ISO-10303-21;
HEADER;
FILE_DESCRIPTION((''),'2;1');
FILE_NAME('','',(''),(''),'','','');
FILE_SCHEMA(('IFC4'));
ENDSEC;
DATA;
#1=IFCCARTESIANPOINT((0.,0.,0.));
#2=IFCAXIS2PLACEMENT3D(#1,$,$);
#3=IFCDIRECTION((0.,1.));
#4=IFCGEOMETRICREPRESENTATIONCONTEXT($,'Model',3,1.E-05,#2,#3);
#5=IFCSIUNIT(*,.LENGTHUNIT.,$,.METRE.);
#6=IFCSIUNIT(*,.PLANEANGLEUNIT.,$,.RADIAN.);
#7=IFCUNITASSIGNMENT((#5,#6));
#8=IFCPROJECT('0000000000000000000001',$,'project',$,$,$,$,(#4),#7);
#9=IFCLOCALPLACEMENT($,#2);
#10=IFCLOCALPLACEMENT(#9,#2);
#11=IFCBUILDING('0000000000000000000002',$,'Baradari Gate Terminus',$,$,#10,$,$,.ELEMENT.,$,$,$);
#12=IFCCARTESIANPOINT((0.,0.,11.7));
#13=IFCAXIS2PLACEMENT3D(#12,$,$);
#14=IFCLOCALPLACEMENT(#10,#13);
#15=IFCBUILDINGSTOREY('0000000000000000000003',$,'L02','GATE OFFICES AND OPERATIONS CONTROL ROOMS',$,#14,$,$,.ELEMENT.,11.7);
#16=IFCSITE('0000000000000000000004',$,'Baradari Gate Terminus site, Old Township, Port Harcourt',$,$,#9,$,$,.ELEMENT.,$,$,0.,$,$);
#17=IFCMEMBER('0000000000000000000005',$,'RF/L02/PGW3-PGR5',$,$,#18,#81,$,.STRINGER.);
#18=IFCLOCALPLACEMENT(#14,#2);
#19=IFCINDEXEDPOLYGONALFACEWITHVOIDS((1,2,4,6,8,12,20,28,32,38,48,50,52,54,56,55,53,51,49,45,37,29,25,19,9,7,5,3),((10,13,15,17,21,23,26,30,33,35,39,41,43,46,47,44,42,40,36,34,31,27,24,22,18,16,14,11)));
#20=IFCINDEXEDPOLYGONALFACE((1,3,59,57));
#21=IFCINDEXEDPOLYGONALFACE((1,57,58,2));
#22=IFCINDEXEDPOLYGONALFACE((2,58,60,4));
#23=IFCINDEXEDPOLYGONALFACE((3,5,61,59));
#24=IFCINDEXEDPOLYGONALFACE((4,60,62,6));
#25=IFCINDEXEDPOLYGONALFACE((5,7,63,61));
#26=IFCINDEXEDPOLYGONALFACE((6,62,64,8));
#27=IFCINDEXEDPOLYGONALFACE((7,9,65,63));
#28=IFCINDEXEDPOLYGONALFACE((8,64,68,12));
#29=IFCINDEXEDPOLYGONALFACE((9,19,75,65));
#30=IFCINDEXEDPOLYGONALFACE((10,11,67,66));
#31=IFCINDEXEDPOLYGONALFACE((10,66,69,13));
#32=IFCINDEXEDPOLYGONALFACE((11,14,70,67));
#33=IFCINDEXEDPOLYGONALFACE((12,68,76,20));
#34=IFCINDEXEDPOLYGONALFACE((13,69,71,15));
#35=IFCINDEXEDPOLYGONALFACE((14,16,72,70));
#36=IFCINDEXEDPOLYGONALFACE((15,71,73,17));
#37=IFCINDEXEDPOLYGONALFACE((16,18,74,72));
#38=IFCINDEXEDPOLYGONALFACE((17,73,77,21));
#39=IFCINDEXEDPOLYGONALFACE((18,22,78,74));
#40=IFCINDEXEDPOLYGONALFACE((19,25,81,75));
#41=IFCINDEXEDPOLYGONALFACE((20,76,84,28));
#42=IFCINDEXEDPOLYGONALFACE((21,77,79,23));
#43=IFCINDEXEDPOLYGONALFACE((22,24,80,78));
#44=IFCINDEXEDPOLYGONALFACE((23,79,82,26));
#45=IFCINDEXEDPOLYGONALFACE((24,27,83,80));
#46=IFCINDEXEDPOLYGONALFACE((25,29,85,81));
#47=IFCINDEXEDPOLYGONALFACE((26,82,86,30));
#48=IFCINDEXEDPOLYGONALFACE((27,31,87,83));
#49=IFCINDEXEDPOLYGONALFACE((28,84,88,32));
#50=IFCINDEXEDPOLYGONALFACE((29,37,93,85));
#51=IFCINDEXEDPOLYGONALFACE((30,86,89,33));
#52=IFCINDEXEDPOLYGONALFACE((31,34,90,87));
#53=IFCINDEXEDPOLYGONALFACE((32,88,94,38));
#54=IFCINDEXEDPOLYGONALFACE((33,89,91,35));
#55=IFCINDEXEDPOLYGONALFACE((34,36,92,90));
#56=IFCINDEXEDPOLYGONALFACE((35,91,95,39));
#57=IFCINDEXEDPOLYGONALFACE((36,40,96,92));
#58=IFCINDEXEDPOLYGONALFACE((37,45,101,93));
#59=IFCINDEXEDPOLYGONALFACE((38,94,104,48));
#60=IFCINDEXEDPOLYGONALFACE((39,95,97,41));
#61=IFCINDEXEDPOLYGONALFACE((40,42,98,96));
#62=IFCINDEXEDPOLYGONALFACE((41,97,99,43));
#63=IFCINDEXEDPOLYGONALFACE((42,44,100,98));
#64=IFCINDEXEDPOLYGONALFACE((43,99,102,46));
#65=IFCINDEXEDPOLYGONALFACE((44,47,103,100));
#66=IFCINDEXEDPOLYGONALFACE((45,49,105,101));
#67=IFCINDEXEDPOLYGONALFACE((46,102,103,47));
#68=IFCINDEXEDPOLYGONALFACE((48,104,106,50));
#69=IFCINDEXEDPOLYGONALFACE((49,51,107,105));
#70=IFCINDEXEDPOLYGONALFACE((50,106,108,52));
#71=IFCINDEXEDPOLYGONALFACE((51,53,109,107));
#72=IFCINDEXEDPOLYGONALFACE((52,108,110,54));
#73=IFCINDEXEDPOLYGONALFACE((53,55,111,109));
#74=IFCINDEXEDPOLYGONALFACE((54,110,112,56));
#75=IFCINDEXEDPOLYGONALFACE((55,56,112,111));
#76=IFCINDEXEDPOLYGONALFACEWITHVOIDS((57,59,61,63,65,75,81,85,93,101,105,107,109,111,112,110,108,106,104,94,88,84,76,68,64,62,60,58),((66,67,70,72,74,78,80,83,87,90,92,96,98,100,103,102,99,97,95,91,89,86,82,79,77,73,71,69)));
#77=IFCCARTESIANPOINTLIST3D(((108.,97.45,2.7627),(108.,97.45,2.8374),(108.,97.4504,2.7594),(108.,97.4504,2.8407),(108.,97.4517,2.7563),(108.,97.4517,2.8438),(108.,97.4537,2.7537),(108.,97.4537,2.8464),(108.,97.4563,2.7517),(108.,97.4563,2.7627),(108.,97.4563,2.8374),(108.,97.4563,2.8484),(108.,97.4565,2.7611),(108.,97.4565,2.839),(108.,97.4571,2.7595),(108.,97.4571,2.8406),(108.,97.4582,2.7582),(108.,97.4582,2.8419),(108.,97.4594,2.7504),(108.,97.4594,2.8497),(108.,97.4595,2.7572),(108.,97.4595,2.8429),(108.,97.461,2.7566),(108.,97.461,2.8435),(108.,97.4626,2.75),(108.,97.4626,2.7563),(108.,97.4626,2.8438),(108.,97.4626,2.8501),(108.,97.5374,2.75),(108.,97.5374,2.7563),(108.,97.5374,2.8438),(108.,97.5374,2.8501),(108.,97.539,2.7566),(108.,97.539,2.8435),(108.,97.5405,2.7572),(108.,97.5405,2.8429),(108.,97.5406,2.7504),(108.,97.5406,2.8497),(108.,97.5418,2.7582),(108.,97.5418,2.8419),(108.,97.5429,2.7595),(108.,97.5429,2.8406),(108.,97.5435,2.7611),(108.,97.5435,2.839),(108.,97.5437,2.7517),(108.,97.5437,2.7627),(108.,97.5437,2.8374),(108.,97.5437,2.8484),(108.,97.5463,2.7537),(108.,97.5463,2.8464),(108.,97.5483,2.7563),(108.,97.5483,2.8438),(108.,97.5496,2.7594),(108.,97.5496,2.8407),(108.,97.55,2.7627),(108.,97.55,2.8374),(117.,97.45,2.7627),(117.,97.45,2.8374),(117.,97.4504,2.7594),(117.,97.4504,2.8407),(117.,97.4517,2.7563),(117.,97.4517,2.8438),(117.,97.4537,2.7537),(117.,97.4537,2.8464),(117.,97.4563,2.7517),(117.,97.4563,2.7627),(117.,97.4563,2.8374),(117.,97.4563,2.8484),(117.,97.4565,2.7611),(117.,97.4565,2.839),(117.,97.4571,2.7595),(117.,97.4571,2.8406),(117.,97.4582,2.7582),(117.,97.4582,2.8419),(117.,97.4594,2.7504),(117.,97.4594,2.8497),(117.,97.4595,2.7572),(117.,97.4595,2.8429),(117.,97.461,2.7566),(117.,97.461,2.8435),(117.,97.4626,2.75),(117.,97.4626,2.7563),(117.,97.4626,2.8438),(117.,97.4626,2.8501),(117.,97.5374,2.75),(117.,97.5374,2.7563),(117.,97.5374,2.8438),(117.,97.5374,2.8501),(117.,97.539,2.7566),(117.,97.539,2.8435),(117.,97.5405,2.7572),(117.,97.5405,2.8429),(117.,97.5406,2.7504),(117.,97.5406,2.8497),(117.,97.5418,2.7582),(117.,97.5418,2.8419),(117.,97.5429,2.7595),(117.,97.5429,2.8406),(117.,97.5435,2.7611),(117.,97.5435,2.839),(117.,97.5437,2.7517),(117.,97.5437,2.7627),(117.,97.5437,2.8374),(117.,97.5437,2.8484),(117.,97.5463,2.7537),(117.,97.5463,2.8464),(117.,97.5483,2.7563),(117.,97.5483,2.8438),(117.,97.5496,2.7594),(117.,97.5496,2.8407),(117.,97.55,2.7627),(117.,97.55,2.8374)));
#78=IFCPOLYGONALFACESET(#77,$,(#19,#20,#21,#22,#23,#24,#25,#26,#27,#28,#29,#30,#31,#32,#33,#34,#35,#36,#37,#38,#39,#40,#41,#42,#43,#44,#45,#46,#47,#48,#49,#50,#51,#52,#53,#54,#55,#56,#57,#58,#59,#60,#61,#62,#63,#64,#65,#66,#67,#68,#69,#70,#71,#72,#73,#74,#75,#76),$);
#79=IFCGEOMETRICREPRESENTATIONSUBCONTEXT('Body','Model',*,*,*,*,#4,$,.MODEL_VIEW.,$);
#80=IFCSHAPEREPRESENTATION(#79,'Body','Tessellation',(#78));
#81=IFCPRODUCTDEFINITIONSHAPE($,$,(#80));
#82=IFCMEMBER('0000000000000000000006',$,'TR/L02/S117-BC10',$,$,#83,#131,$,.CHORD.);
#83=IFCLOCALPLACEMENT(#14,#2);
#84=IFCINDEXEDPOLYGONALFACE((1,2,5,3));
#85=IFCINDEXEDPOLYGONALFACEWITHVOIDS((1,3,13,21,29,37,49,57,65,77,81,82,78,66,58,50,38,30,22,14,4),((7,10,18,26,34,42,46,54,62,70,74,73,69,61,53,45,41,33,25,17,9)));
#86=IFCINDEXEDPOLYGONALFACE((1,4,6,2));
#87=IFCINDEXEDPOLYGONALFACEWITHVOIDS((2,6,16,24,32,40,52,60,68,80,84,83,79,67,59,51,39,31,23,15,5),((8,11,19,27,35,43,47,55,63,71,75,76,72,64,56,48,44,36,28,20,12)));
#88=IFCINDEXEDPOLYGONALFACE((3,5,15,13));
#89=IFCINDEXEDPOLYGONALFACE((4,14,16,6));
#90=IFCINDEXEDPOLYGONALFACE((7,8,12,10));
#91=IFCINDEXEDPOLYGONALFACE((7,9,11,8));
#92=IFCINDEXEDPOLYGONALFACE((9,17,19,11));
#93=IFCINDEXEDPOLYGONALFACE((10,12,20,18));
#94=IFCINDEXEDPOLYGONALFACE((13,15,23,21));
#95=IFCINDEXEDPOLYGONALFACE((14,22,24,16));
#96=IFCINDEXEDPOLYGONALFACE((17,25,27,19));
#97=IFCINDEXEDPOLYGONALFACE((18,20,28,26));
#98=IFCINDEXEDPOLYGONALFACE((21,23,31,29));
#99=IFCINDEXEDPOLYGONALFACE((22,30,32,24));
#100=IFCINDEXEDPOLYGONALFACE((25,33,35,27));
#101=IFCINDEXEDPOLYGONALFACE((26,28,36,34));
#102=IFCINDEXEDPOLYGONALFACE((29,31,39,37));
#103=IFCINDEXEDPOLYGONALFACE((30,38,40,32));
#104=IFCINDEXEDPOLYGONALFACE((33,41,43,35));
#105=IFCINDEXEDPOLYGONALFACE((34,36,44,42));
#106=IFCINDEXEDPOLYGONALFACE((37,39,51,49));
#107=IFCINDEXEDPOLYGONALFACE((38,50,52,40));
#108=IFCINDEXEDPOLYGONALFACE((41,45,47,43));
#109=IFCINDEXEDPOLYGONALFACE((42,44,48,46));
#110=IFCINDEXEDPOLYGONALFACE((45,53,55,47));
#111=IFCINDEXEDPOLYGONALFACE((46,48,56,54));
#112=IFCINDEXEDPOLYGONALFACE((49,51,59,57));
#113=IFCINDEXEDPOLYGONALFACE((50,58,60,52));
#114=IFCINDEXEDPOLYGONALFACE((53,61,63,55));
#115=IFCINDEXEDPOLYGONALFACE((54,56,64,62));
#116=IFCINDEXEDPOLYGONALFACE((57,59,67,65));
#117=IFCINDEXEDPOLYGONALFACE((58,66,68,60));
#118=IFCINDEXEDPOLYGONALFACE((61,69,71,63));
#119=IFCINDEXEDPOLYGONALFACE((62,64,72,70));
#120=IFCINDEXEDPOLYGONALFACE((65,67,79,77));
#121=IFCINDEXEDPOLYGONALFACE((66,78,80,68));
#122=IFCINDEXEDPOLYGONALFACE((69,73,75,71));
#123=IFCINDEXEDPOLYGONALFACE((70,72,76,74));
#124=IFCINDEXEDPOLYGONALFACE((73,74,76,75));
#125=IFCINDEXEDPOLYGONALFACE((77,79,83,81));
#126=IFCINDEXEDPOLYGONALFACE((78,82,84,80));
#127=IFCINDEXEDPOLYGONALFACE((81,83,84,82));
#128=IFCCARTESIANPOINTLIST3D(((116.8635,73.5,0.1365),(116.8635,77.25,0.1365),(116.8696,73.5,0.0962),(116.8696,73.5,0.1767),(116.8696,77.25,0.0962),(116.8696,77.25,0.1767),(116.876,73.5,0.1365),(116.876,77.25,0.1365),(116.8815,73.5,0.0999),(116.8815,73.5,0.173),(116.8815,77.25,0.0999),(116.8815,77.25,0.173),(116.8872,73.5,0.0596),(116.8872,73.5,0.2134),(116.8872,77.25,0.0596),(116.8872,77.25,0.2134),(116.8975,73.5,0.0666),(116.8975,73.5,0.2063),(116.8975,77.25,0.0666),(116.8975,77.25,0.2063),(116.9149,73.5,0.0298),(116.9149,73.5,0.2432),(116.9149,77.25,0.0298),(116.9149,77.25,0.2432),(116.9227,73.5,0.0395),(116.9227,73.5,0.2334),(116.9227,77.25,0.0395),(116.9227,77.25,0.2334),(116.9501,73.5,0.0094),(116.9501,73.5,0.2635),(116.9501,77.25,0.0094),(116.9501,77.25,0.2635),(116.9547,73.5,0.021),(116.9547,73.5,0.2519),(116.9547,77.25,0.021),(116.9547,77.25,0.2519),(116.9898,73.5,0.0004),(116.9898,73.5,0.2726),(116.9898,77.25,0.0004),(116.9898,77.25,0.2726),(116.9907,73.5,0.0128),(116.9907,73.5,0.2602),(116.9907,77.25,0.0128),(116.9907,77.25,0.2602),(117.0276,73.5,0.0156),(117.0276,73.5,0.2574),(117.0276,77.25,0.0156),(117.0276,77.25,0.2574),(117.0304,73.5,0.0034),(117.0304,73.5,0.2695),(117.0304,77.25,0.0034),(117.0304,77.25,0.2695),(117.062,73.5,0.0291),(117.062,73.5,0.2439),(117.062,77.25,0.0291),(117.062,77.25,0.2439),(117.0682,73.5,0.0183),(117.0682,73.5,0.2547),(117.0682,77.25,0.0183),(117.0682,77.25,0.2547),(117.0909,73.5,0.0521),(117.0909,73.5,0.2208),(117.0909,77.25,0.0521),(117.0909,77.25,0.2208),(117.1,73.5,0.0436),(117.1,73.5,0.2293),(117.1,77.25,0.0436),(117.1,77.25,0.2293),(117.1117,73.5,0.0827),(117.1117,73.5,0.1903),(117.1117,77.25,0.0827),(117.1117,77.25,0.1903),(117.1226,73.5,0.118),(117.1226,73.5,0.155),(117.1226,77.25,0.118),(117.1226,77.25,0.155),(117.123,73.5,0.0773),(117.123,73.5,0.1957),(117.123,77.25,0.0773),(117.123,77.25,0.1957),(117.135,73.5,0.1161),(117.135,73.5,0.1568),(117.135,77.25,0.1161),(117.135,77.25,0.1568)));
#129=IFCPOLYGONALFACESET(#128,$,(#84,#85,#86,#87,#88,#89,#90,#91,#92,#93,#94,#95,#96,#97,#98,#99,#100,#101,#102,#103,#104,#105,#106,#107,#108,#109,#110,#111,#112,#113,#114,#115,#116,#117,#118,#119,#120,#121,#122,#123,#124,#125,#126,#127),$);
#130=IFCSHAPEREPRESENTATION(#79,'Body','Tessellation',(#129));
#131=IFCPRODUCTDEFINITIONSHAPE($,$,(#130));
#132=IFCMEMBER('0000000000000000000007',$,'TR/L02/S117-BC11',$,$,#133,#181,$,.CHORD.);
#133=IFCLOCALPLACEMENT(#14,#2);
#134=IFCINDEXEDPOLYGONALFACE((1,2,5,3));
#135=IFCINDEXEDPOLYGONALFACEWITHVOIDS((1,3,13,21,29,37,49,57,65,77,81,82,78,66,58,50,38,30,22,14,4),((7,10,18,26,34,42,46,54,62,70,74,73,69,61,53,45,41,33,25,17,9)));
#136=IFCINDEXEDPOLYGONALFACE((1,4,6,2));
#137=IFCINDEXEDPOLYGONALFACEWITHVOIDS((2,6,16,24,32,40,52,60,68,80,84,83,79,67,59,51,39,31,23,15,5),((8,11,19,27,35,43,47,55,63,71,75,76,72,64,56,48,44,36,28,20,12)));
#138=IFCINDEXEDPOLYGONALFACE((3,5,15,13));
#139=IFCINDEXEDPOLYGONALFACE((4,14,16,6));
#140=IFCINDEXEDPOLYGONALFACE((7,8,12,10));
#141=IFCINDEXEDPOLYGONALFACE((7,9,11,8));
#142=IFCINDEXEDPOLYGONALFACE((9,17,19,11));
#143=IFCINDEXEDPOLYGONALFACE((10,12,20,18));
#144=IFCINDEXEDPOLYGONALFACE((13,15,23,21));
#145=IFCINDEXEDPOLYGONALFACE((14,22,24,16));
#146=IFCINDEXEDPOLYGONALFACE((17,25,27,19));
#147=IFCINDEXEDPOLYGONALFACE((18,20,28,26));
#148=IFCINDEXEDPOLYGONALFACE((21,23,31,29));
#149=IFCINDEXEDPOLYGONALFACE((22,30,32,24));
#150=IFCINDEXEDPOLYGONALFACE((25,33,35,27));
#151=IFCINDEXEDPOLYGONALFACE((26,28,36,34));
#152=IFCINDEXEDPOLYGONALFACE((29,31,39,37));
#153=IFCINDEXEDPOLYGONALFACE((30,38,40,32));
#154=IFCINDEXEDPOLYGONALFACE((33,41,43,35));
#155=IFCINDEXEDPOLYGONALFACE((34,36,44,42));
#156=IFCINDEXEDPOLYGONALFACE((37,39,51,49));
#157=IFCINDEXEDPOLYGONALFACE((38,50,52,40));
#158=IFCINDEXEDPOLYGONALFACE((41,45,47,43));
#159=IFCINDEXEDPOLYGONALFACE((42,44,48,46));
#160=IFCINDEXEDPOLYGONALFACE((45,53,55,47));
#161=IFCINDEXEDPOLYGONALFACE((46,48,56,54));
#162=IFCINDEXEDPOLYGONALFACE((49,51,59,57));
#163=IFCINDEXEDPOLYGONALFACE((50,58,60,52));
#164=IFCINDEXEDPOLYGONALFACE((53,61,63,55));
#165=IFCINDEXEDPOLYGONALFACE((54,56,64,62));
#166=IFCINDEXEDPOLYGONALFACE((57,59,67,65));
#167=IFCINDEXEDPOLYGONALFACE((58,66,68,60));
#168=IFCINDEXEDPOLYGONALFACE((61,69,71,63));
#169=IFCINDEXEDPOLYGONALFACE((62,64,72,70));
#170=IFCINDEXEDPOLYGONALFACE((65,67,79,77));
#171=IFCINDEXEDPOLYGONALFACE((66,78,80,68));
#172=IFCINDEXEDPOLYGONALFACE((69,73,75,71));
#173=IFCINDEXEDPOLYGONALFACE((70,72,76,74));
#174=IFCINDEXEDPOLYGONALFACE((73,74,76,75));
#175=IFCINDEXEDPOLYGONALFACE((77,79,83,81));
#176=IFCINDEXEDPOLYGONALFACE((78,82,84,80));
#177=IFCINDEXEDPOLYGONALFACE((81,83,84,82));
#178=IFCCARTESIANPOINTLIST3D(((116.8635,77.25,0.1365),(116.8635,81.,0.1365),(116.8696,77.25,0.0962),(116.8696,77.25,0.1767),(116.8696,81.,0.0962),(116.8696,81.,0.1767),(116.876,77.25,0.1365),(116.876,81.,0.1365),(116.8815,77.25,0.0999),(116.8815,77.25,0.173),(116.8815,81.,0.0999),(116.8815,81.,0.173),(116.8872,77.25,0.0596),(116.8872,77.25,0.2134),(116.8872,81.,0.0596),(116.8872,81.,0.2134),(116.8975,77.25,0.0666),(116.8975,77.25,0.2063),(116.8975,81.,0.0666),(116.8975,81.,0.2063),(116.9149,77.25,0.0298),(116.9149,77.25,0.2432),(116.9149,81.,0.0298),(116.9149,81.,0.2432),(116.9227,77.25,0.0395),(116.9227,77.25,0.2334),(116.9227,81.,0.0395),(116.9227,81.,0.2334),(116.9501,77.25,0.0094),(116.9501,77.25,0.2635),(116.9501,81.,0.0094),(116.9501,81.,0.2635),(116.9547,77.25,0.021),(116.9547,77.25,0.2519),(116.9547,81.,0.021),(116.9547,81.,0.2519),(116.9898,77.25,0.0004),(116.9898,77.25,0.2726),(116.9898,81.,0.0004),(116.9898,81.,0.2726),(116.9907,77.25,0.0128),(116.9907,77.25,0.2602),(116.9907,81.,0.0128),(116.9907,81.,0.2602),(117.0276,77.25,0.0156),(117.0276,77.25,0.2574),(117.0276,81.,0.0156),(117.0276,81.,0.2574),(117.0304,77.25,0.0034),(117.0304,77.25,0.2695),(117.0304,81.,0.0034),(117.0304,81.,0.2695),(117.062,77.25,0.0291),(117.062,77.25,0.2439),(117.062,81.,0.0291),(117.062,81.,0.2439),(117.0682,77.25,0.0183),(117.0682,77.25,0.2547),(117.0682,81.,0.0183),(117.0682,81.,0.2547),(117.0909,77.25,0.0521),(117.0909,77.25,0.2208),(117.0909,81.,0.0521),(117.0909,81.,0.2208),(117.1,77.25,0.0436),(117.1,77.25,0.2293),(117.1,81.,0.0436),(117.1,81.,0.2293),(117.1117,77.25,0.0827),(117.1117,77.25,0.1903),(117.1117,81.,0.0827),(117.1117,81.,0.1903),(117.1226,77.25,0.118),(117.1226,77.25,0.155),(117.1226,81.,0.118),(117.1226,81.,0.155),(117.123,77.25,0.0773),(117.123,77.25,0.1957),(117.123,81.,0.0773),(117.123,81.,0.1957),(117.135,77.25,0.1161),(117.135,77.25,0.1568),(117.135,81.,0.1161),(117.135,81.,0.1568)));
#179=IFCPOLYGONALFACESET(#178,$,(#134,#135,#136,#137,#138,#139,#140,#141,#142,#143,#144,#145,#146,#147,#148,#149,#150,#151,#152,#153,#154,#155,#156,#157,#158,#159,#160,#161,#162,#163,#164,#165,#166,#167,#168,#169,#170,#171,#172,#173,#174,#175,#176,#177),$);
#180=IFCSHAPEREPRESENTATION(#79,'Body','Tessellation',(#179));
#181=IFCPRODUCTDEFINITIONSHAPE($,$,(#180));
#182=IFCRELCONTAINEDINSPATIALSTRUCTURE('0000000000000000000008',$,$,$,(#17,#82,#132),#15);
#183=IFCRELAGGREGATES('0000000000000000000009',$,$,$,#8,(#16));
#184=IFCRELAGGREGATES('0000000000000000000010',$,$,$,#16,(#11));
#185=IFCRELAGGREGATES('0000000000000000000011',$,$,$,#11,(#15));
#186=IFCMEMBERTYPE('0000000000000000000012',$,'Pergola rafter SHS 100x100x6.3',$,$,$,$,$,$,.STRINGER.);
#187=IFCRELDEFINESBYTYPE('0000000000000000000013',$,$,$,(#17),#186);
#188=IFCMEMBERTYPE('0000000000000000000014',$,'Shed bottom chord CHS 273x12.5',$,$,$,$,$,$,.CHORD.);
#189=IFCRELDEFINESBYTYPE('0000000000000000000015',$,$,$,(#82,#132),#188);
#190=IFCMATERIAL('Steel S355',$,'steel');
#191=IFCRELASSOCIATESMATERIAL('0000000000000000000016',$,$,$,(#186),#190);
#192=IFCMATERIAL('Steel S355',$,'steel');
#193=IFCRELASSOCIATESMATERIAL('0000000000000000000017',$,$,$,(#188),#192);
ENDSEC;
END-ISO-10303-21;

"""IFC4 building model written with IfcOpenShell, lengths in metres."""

from ifc_helpers import new_model, si_unit, direction, frame, origin, origin_2d, place, context, subcontext, project, spatial, hollow_rectangle, hollow_circle, extrude, material, material_profile, profile_set, type_object, element, save


model = new_model("IFC4")

# Units and contexts
model_context = context("Model", 3, precision=1e-05, world=origin(), true_north=direction((0.0, 1.0)))
body_context = subcontext(model_context, "Body", "Model", "MODEL_VIEW")
ifc_project = project(units=[si_unit("LENGTHUNIT", "METRE"), si_unit("PLANEANGLEUNIT", "RADIAN")], contexts=[model_context])

# Site, building, storey
site_placement = place(None, origin())
site = spatial("IfcSite", under=ifc_project, at=site_placement, Name="Baradari Gate Terminus site, Old Township, Port Harcourt", CompositionType="ELEMENT", RefElevation=0.0)
building_placement = place(site_placement, origin())
building = spatial("IfcBuilding", under=site, at=building_placement, Name="Baradari Gate Terminus", CompositionType="ELEMENT")
storey_placement = place(building_placement, frame((0.0, 0.0, 11.7)))
storey = spatial("IfcBuildingStorey", under=building, at=storey_placement, Name="L02", Description="GATE OFFICES AND OPERATIONS CONTROL ROOMS", CompositionType="ELEMENT", Elevation=11.7)

# Members
ifc_material_1 = material(Name="Steel S355", Category="steel")
ifc_material_profile_1 = material_profile(ifc_material_1, hollow_rectangle(XDim=0.1001, YDim=0.1001, WallThickness=0.0063, InnerFilletRadius=0.0063, OuterFilletRadius=0.0127, at=origin_2d()), Name="SHS 100x100x6.3")
ifc_profile_set_1 = profile_set([ifc_material_profile_1], Name="Steel S355")
member_type_1 = type_object("IfcMemberType", Name="Pergola rafter SHS 100x100x6.3", PredefinedType="STRINGER", material=ifc_profile_set_1)
for number, where, z_axis, x_axis, name in (
    (1, (108.0, 97.5, 2.8), (1.0, 0.0, 0.0), (0.0, 1.0, 0.0), "RF/L02/PGW3-PGR5"),
):
    element("IfcMember", number, at=place(storey_placement, frame(where, z_axis=z_axis, x_axis=x_axis)), inside=storey, type_object=member_type_1, Name=name, PredefinedType="STRINGER", context=body_context, shape_type="SweptSolid", body=[
        extrude(hollow_rectangle(XDim=0.1001, YDim=0.1001, WallThickness=0.0063, InnerFilletRadius=0.0063, OuterFilletRadius=0.0127, at=origin_2d()), origin(), (0.0, 0.0, 1.0), 9.0),
    ])
ifc_material_2 = material(Name="Steel S355", Category="steel")
ifc_material_profile_2 = material_profile(ifc_material_2, hollow_circle(Radius=0.1365, WallThickness=0.0125, at=origin_2d()), Name="CHS 273x12.5")
ifc_profile_set_2 = profile_set([ifc_material_profile_2], Name="Steel S355")
member_type_2 = type_object("IfcMemberType", Name="Shed bottom chord CHS 273x12.5", PredefinedType="CHORD", material=ifc_profile_set_2)
for number, where, z_axis, x_axis, name in (
    (2, (117.0, 73.5, 0.1365), (0.0, 1.0, 0.0), (-1.0, 0.0, 0.0), "TR/L02/S117-BC10"),
    (3, (117.0, 77.25, 0.1365), (0.0, 1.0, 0.0), (-1.0, 0.0, 0.0), "TR/L02/S117-BC11"),
):
    element("IfcMember", number, at=place(storey_placement, frame(where, z_axis=z_axis, x_axis=x_axis)), inside=storey, type_object=member_type_2, Name=name, PredefinedType="CHORD", context=body_context, shape_type="SweptSolid", body=[
        extrude(hollow_circle(Radius=0.1365, WallThickness=0.0125, at=origin_2d()), origin(), (0.0, 0.0, 1.0), 3.75),
    ])

save(model, "model.ifc")
